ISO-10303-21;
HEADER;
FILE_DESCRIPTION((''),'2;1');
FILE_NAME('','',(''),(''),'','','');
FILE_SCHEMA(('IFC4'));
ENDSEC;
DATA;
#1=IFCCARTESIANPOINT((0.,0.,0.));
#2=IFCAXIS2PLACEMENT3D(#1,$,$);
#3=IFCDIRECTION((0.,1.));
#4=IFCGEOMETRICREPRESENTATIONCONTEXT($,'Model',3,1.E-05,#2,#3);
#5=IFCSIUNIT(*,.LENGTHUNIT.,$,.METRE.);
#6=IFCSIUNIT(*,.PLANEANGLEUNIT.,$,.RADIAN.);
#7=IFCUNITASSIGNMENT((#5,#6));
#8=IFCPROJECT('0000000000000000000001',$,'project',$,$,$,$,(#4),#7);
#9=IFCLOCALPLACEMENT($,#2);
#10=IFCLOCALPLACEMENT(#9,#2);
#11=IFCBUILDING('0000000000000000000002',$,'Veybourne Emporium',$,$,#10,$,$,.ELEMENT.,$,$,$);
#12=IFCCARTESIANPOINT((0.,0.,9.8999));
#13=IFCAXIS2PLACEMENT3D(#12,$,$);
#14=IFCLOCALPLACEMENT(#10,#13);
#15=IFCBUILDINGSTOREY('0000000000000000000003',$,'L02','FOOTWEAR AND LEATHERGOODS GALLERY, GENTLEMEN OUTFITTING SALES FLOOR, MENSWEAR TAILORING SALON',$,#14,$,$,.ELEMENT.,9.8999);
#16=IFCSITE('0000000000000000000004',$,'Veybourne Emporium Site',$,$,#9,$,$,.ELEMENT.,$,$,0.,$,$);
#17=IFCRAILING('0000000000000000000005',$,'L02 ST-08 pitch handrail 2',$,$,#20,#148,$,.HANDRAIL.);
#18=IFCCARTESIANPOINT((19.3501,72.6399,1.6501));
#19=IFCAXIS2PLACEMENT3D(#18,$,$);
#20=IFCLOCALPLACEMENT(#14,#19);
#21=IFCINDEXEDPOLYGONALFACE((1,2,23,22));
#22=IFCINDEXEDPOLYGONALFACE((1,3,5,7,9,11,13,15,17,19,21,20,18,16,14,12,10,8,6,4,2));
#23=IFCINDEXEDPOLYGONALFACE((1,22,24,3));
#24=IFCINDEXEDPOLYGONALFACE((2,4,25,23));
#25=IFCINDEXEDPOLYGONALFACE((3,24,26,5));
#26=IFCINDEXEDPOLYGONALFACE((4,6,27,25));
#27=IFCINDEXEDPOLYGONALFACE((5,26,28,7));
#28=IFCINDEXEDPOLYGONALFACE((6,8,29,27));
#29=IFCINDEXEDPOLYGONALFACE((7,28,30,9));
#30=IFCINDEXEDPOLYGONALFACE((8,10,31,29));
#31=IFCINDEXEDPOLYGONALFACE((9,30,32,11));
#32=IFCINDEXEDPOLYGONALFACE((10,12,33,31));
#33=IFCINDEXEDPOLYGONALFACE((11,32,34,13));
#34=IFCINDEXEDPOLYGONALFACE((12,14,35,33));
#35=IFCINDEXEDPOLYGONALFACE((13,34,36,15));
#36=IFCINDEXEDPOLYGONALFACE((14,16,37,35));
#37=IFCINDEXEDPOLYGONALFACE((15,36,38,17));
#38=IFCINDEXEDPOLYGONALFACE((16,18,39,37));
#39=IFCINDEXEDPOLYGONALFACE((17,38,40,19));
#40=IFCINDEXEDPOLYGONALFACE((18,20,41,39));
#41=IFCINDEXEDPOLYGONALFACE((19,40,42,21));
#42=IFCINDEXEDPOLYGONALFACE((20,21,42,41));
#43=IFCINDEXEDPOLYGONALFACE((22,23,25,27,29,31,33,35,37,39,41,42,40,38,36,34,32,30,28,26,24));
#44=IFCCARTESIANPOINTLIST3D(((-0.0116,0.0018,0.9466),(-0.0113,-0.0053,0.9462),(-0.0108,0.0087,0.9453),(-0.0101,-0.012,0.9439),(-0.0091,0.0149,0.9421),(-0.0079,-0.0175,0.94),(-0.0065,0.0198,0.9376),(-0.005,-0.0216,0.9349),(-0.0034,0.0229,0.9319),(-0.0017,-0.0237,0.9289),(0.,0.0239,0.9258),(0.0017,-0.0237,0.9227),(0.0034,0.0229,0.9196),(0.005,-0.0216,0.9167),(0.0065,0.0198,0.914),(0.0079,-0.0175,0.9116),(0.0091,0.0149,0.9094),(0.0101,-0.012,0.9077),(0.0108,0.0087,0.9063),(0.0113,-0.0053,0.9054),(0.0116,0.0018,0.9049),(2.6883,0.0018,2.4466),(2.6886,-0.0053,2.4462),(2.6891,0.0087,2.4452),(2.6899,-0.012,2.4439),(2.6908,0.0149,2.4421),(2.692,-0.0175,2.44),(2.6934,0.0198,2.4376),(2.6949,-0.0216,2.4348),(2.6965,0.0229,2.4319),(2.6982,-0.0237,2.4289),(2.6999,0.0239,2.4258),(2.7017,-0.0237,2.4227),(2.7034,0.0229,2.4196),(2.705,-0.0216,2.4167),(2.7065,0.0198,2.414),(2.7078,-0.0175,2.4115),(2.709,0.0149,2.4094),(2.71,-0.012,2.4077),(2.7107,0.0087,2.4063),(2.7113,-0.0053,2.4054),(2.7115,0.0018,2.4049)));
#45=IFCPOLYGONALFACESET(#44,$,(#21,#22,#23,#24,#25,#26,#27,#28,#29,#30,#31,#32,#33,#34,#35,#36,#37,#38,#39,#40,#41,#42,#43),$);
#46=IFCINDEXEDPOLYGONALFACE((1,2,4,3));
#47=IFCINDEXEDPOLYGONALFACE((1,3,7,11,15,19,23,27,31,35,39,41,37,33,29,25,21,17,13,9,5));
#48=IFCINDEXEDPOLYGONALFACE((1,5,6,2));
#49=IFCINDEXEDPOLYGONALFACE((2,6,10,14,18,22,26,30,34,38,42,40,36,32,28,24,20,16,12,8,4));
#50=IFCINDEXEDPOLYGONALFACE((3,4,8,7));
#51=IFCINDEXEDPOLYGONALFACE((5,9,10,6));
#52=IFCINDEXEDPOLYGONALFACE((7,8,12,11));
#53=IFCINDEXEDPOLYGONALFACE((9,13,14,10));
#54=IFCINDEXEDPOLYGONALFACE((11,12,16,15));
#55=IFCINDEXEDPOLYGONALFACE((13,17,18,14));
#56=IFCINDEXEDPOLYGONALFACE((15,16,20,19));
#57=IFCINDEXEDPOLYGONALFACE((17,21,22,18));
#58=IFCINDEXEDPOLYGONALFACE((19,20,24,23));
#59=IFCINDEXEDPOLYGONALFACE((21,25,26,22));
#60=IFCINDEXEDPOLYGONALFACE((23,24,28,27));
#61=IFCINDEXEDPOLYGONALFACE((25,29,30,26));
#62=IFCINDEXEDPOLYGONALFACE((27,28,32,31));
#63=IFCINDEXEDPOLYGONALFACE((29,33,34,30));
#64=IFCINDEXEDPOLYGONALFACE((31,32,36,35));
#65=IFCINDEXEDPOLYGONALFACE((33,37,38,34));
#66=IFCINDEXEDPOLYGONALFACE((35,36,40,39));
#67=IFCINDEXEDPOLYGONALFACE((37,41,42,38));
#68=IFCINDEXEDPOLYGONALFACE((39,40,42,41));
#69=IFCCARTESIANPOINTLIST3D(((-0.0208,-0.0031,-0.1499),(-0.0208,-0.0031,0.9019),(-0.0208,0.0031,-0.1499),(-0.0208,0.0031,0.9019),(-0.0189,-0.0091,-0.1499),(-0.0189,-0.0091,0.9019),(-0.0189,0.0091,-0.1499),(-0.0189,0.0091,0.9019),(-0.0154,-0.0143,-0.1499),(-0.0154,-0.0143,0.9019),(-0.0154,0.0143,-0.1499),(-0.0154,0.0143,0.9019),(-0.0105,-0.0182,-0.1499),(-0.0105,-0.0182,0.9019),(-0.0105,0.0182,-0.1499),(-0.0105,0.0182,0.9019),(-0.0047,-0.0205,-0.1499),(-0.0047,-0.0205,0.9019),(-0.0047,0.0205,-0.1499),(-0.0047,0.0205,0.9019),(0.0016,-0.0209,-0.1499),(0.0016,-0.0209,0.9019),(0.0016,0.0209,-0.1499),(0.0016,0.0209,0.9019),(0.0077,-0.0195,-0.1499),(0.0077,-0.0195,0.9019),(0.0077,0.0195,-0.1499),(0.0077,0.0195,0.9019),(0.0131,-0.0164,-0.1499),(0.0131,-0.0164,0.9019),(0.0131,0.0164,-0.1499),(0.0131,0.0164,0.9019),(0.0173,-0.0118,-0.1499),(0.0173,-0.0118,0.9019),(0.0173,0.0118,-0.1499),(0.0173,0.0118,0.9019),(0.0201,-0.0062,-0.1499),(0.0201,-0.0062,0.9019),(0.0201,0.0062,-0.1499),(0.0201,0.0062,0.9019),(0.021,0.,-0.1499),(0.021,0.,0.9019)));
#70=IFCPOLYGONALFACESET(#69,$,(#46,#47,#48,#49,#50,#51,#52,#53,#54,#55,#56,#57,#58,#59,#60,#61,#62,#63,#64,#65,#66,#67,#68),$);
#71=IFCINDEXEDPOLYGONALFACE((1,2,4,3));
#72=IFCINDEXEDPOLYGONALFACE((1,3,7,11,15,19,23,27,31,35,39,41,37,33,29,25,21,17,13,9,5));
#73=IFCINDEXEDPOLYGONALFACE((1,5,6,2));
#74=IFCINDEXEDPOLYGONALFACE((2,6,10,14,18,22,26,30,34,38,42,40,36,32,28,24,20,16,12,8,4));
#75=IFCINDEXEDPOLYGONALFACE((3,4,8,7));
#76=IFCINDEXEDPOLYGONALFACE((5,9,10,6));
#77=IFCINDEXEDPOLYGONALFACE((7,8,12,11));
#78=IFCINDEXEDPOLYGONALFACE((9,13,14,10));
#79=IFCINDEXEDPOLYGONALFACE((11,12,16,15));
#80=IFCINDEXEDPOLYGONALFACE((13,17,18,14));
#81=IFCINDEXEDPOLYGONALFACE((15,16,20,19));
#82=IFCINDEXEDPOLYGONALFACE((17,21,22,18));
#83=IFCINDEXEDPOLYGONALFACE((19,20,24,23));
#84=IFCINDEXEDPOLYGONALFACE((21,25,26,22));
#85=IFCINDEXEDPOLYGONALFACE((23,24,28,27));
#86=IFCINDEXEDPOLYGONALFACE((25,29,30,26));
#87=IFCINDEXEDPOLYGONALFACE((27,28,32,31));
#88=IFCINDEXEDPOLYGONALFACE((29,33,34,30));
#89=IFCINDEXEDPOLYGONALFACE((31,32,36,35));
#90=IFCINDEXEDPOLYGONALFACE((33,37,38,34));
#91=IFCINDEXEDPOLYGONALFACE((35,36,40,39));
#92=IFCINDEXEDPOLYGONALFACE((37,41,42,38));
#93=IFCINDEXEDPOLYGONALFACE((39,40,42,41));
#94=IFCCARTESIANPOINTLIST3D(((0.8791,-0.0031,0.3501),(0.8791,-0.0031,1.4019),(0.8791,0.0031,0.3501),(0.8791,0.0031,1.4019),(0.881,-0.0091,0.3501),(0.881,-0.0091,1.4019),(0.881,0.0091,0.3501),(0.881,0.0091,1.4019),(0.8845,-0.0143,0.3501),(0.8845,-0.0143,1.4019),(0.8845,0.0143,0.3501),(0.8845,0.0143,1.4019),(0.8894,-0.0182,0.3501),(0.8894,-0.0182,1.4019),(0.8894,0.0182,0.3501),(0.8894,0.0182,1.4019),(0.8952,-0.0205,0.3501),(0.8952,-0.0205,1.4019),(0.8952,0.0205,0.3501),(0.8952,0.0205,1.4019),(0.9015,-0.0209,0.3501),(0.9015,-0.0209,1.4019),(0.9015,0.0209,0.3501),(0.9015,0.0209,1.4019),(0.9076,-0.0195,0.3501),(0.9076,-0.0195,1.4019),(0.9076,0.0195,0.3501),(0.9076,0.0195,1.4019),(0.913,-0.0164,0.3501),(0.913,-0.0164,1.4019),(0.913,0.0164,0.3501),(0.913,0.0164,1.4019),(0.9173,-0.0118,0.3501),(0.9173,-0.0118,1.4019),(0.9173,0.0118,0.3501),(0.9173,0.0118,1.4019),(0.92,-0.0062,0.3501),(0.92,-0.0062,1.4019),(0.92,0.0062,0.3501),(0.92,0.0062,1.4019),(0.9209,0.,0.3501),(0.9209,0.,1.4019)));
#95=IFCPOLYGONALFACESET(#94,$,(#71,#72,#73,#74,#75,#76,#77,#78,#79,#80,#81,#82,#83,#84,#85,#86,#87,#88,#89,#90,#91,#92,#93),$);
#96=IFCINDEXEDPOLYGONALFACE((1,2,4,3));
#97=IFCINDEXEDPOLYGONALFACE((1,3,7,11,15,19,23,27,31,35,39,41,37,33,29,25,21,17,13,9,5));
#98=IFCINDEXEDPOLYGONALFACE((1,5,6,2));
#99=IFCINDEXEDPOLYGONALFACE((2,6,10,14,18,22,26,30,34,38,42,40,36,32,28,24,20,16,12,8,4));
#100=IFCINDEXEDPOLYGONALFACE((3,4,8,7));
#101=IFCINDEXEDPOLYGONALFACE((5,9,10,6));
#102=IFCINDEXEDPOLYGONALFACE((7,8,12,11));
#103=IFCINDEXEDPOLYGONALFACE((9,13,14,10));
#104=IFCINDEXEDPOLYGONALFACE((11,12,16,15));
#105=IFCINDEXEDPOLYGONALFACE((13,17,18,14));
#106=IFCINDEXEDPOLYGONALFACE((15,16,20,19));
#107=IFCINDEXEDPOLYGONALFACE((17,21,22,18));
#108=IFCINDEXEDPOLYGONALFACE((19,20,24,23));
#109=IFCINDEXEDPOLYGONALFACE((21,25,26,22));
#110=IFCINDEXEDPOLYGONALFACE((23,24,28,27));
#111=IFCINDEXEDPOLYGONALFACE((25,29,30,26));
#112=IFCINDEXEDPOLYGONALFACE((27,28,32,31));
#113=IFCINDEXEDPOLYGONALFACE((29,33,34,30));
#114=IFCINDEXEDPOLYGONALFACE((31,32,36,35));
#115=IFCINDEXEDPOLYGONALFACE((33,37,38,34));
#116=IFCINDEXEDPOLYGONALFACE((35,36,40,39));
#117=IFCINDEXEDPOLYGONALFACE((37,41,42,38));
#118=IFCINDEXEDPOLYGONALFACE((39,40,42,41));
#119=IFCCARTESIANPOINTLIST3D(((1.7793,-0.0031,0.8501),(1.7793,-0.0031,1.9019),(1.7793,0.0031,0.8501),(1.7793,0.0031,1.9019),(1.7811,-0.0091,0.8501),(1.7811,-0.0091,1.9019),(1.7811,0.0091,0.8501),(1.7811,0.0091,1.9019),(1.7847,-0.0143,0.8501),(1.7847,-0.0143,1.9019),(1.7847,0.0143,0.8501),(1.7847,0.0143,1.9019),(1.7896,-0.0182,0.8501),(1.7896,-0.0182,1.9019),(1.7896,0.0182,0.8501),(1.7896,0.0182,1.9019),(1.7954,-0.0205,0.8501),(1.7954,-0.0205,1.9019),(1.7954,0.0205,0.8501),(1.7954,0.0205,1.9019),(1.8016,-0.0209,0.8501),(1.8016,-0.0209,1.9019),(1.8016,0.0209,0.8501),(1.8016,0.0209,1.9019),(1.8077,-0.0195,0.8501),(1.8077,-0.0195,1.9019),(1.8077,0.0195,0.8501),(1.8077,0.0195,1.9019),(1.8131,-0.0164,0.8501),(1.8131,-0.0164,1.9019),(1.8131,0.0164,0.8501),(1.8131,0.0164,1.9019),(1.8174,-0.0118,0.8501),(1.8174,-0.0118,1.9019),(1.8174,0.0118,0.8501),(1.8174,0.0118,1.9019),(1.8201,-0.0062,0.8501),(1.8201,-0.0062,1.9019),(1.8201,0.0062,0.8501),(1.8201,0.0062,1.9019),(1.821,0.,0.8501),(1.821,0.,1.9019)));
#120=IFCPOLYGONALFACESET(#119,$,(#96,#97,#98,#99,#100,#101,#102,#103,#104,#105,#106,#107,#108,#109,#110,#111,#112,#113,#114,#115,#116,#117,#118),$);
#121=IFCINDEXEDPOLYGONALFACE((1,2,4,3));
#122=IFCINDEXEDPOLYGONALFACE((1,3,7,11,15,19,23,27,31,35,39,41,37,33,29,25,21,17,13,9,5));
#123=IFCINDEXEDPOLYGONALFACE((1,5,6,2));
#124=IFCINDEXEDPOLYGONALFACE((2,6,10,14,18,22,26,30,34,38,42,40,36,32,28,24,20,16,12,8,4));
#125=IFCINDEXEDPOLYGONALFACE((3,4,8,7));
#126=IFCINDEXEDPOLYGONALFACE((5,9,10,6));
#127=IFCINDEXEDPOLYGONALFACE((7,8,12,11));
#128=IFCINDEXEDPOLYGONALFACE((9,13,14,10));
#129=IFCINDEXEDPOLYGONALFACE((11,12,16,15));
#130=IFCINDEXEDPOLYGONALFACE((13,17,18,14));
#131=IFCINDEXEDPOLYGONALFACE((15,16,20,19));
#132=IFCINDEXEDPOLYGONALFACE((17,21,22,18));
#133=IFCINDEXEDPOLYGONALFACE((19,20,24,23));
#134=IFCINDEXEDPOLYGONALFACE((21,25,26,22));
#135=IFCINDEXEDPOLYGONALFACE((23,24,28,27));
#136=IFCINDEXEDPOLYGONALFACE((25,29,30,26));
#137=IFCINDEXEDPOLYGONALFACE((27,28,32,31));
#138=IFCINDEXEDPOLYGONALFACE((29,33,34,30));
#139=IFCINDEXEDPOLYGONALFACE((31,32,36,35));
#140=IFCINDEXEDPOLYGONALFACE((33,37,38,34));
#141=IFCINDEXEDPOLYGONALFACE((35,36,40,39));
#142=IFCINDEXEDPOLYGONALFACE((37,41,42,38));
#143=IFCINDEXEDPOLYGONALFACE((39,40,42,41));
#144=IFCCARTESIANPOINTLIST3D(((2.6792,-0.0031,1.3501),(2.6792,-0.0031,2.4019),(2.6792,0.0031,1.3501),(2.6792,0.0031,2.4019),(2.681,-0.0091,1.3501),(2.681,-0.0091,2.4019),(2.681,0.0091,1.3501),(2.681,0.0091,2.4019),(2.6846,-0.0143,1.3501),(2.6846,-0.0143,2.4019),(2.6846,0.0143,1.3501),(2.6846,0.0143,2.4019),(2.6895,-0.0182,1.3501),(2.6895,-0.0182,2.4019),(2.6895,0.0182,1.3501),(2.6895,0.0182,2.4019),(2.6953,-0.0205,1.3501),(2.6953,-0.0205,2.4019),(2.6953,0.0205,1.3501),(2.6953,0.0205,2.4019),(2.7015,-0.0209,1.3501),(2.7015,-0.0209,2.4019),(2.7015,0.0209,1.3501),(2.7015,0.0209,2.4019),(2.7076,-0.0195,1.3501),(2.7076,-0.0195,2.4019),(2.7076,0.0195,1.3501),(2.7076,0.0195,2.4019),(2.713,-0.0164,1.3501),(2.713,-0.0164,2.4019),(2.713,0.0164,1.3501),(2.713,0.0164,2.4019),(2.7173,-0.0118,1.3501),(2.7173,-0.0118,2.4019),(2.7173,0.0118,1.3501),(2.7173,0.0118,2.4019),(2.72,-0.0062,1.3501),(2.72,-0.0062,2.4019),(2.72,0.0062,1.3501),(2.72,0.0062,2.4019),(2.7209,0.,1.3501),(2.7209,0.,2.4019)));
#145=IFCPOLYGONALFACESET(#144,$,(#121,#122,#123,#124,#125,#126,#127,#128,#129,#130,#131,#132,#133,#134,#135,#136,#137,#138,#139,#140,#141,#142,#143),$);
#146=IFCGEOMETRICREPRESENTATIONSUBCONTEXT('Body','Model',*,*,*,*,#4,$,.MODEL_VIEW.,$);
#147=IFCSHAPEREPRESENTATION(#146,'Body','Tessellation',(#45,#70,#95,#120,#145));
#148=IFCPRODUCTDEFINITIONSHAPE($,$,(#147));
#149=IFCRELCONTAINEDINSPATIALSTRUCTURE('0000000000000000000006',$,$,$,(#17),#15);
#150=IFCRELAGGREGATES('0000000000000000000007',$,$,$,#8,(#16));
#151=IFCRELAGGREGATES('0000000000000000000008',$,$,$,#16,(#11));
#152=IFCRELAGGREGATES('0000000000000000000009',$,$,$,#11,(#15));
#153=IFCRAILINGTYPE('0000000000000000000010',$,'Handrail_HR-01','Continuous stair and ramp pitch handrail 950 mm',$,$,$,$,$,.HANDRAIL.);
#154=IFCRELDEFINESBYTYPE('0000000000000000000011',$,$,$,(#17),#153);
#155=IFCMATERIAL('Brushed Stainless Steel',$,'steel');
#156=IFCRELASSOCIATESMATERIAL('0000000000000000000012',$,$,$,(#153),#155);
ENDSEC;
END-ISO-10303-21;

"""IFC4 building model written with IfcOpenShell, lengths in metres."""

from ifc_helpers import new_model, si_unit, direction, frame, origin, origin_2d, place, context, subcontext, project, spatial, circle, extrude, material, type_object, element, save


model = new_model("IFC4")

# Units and contexts
model_context = context("Model", 3, precision=1e-05, world=origin(), true_north=direction((0.0, 1.0)))
body_context = subcontext(model_context, "Body", "Model", "MODEL_VIEW")
ifc_project = project(units=[si_unit("LENGTHUNIT", "METRE"), si_unit("PLANEANGLEUNIT", "RADIAN")], contexts=[model_context])

# Site, building, storey
site_placement = place(None, origin())
site = spatial("IfcSite", under=ifc_project, at=site_placement, Name="Veybourne Emporium Site", CompositionType="ELEMENT", RefElevation=0.0)
building_placement = place(site_placement, origin())
building = spatial("IfcBuilding", under=site, at=building_placement, Name="Veybourne Emporium", CompositionType="ELEMENT")
storey_placement = place(building_placement, frame((0.0, 0.0, 9.8999)))
storey = spatial("IfcBuildingStorey", under=building, at=storey_placement, Name="L02", Description="FOOTWEAR AND LEATHERGOODS GALLERY, GENTLEMEN OUTFITTING SALES FLOOR, MENSWEAR TAILORING SALON", CompositionType="ELEMENT", Elevation=9.8999)

# Railing
ifc_material_1 = material(Name="Brushed Stainless Steel", Category="steel")
railing_type = type_object("IfcRailingType", Name="Handrail_HR-01", Description="Continuous stair and ramp pitch handrail 950 mm", PredefinedType="HANDRAIL", material=ifc_material_1)
railing_placement = place(storey_placement, frame((19.3501, 72.6399, 1.6501)))
element("IfcRailing", 1, at=railing_placement, inside=storey, type_object=railing_type, Name="L02 ST-08 pitch handrail 2", PredefinedType="HANDRAIL", context=body_context, shape_type="SweptSolid", body=[
    extrude(circle(Radius=0.0239, at=origin_2d()), frame((0.0, 0.0, 0.9258), z_axis=(0.874154, 0.0, 0.48565), x_axis=(0.0, 1.0, 0.0)), (0.0, 0.0, 1.0), 3.0886),
    extrude(circle(Radius=0.021, at=origin_2d()), frame((0.0, 0.0, -0.1499)), (0.0, 0.0, 1.0), 1.0518),
    extrude(circle(Radius=0.021, at=origin_2d()), frame((0.8999, 0.0, 0.3501)), (0.0, 0.0, 1.0), 1.0518),
    extrude(circle(Radius=0.021, at=origin_2d()), frame((1.8, 0.0, 0.8501)), (0.0, 0.0, 1.0), 1.0518),
    extrude(circle(Radius=0.021, at=origin_2d()), frame((2.7, 0.0, 1.3501)), (0.0, 0.0, 1.0), 1.0518),
])

save(model, "model.ifc")
